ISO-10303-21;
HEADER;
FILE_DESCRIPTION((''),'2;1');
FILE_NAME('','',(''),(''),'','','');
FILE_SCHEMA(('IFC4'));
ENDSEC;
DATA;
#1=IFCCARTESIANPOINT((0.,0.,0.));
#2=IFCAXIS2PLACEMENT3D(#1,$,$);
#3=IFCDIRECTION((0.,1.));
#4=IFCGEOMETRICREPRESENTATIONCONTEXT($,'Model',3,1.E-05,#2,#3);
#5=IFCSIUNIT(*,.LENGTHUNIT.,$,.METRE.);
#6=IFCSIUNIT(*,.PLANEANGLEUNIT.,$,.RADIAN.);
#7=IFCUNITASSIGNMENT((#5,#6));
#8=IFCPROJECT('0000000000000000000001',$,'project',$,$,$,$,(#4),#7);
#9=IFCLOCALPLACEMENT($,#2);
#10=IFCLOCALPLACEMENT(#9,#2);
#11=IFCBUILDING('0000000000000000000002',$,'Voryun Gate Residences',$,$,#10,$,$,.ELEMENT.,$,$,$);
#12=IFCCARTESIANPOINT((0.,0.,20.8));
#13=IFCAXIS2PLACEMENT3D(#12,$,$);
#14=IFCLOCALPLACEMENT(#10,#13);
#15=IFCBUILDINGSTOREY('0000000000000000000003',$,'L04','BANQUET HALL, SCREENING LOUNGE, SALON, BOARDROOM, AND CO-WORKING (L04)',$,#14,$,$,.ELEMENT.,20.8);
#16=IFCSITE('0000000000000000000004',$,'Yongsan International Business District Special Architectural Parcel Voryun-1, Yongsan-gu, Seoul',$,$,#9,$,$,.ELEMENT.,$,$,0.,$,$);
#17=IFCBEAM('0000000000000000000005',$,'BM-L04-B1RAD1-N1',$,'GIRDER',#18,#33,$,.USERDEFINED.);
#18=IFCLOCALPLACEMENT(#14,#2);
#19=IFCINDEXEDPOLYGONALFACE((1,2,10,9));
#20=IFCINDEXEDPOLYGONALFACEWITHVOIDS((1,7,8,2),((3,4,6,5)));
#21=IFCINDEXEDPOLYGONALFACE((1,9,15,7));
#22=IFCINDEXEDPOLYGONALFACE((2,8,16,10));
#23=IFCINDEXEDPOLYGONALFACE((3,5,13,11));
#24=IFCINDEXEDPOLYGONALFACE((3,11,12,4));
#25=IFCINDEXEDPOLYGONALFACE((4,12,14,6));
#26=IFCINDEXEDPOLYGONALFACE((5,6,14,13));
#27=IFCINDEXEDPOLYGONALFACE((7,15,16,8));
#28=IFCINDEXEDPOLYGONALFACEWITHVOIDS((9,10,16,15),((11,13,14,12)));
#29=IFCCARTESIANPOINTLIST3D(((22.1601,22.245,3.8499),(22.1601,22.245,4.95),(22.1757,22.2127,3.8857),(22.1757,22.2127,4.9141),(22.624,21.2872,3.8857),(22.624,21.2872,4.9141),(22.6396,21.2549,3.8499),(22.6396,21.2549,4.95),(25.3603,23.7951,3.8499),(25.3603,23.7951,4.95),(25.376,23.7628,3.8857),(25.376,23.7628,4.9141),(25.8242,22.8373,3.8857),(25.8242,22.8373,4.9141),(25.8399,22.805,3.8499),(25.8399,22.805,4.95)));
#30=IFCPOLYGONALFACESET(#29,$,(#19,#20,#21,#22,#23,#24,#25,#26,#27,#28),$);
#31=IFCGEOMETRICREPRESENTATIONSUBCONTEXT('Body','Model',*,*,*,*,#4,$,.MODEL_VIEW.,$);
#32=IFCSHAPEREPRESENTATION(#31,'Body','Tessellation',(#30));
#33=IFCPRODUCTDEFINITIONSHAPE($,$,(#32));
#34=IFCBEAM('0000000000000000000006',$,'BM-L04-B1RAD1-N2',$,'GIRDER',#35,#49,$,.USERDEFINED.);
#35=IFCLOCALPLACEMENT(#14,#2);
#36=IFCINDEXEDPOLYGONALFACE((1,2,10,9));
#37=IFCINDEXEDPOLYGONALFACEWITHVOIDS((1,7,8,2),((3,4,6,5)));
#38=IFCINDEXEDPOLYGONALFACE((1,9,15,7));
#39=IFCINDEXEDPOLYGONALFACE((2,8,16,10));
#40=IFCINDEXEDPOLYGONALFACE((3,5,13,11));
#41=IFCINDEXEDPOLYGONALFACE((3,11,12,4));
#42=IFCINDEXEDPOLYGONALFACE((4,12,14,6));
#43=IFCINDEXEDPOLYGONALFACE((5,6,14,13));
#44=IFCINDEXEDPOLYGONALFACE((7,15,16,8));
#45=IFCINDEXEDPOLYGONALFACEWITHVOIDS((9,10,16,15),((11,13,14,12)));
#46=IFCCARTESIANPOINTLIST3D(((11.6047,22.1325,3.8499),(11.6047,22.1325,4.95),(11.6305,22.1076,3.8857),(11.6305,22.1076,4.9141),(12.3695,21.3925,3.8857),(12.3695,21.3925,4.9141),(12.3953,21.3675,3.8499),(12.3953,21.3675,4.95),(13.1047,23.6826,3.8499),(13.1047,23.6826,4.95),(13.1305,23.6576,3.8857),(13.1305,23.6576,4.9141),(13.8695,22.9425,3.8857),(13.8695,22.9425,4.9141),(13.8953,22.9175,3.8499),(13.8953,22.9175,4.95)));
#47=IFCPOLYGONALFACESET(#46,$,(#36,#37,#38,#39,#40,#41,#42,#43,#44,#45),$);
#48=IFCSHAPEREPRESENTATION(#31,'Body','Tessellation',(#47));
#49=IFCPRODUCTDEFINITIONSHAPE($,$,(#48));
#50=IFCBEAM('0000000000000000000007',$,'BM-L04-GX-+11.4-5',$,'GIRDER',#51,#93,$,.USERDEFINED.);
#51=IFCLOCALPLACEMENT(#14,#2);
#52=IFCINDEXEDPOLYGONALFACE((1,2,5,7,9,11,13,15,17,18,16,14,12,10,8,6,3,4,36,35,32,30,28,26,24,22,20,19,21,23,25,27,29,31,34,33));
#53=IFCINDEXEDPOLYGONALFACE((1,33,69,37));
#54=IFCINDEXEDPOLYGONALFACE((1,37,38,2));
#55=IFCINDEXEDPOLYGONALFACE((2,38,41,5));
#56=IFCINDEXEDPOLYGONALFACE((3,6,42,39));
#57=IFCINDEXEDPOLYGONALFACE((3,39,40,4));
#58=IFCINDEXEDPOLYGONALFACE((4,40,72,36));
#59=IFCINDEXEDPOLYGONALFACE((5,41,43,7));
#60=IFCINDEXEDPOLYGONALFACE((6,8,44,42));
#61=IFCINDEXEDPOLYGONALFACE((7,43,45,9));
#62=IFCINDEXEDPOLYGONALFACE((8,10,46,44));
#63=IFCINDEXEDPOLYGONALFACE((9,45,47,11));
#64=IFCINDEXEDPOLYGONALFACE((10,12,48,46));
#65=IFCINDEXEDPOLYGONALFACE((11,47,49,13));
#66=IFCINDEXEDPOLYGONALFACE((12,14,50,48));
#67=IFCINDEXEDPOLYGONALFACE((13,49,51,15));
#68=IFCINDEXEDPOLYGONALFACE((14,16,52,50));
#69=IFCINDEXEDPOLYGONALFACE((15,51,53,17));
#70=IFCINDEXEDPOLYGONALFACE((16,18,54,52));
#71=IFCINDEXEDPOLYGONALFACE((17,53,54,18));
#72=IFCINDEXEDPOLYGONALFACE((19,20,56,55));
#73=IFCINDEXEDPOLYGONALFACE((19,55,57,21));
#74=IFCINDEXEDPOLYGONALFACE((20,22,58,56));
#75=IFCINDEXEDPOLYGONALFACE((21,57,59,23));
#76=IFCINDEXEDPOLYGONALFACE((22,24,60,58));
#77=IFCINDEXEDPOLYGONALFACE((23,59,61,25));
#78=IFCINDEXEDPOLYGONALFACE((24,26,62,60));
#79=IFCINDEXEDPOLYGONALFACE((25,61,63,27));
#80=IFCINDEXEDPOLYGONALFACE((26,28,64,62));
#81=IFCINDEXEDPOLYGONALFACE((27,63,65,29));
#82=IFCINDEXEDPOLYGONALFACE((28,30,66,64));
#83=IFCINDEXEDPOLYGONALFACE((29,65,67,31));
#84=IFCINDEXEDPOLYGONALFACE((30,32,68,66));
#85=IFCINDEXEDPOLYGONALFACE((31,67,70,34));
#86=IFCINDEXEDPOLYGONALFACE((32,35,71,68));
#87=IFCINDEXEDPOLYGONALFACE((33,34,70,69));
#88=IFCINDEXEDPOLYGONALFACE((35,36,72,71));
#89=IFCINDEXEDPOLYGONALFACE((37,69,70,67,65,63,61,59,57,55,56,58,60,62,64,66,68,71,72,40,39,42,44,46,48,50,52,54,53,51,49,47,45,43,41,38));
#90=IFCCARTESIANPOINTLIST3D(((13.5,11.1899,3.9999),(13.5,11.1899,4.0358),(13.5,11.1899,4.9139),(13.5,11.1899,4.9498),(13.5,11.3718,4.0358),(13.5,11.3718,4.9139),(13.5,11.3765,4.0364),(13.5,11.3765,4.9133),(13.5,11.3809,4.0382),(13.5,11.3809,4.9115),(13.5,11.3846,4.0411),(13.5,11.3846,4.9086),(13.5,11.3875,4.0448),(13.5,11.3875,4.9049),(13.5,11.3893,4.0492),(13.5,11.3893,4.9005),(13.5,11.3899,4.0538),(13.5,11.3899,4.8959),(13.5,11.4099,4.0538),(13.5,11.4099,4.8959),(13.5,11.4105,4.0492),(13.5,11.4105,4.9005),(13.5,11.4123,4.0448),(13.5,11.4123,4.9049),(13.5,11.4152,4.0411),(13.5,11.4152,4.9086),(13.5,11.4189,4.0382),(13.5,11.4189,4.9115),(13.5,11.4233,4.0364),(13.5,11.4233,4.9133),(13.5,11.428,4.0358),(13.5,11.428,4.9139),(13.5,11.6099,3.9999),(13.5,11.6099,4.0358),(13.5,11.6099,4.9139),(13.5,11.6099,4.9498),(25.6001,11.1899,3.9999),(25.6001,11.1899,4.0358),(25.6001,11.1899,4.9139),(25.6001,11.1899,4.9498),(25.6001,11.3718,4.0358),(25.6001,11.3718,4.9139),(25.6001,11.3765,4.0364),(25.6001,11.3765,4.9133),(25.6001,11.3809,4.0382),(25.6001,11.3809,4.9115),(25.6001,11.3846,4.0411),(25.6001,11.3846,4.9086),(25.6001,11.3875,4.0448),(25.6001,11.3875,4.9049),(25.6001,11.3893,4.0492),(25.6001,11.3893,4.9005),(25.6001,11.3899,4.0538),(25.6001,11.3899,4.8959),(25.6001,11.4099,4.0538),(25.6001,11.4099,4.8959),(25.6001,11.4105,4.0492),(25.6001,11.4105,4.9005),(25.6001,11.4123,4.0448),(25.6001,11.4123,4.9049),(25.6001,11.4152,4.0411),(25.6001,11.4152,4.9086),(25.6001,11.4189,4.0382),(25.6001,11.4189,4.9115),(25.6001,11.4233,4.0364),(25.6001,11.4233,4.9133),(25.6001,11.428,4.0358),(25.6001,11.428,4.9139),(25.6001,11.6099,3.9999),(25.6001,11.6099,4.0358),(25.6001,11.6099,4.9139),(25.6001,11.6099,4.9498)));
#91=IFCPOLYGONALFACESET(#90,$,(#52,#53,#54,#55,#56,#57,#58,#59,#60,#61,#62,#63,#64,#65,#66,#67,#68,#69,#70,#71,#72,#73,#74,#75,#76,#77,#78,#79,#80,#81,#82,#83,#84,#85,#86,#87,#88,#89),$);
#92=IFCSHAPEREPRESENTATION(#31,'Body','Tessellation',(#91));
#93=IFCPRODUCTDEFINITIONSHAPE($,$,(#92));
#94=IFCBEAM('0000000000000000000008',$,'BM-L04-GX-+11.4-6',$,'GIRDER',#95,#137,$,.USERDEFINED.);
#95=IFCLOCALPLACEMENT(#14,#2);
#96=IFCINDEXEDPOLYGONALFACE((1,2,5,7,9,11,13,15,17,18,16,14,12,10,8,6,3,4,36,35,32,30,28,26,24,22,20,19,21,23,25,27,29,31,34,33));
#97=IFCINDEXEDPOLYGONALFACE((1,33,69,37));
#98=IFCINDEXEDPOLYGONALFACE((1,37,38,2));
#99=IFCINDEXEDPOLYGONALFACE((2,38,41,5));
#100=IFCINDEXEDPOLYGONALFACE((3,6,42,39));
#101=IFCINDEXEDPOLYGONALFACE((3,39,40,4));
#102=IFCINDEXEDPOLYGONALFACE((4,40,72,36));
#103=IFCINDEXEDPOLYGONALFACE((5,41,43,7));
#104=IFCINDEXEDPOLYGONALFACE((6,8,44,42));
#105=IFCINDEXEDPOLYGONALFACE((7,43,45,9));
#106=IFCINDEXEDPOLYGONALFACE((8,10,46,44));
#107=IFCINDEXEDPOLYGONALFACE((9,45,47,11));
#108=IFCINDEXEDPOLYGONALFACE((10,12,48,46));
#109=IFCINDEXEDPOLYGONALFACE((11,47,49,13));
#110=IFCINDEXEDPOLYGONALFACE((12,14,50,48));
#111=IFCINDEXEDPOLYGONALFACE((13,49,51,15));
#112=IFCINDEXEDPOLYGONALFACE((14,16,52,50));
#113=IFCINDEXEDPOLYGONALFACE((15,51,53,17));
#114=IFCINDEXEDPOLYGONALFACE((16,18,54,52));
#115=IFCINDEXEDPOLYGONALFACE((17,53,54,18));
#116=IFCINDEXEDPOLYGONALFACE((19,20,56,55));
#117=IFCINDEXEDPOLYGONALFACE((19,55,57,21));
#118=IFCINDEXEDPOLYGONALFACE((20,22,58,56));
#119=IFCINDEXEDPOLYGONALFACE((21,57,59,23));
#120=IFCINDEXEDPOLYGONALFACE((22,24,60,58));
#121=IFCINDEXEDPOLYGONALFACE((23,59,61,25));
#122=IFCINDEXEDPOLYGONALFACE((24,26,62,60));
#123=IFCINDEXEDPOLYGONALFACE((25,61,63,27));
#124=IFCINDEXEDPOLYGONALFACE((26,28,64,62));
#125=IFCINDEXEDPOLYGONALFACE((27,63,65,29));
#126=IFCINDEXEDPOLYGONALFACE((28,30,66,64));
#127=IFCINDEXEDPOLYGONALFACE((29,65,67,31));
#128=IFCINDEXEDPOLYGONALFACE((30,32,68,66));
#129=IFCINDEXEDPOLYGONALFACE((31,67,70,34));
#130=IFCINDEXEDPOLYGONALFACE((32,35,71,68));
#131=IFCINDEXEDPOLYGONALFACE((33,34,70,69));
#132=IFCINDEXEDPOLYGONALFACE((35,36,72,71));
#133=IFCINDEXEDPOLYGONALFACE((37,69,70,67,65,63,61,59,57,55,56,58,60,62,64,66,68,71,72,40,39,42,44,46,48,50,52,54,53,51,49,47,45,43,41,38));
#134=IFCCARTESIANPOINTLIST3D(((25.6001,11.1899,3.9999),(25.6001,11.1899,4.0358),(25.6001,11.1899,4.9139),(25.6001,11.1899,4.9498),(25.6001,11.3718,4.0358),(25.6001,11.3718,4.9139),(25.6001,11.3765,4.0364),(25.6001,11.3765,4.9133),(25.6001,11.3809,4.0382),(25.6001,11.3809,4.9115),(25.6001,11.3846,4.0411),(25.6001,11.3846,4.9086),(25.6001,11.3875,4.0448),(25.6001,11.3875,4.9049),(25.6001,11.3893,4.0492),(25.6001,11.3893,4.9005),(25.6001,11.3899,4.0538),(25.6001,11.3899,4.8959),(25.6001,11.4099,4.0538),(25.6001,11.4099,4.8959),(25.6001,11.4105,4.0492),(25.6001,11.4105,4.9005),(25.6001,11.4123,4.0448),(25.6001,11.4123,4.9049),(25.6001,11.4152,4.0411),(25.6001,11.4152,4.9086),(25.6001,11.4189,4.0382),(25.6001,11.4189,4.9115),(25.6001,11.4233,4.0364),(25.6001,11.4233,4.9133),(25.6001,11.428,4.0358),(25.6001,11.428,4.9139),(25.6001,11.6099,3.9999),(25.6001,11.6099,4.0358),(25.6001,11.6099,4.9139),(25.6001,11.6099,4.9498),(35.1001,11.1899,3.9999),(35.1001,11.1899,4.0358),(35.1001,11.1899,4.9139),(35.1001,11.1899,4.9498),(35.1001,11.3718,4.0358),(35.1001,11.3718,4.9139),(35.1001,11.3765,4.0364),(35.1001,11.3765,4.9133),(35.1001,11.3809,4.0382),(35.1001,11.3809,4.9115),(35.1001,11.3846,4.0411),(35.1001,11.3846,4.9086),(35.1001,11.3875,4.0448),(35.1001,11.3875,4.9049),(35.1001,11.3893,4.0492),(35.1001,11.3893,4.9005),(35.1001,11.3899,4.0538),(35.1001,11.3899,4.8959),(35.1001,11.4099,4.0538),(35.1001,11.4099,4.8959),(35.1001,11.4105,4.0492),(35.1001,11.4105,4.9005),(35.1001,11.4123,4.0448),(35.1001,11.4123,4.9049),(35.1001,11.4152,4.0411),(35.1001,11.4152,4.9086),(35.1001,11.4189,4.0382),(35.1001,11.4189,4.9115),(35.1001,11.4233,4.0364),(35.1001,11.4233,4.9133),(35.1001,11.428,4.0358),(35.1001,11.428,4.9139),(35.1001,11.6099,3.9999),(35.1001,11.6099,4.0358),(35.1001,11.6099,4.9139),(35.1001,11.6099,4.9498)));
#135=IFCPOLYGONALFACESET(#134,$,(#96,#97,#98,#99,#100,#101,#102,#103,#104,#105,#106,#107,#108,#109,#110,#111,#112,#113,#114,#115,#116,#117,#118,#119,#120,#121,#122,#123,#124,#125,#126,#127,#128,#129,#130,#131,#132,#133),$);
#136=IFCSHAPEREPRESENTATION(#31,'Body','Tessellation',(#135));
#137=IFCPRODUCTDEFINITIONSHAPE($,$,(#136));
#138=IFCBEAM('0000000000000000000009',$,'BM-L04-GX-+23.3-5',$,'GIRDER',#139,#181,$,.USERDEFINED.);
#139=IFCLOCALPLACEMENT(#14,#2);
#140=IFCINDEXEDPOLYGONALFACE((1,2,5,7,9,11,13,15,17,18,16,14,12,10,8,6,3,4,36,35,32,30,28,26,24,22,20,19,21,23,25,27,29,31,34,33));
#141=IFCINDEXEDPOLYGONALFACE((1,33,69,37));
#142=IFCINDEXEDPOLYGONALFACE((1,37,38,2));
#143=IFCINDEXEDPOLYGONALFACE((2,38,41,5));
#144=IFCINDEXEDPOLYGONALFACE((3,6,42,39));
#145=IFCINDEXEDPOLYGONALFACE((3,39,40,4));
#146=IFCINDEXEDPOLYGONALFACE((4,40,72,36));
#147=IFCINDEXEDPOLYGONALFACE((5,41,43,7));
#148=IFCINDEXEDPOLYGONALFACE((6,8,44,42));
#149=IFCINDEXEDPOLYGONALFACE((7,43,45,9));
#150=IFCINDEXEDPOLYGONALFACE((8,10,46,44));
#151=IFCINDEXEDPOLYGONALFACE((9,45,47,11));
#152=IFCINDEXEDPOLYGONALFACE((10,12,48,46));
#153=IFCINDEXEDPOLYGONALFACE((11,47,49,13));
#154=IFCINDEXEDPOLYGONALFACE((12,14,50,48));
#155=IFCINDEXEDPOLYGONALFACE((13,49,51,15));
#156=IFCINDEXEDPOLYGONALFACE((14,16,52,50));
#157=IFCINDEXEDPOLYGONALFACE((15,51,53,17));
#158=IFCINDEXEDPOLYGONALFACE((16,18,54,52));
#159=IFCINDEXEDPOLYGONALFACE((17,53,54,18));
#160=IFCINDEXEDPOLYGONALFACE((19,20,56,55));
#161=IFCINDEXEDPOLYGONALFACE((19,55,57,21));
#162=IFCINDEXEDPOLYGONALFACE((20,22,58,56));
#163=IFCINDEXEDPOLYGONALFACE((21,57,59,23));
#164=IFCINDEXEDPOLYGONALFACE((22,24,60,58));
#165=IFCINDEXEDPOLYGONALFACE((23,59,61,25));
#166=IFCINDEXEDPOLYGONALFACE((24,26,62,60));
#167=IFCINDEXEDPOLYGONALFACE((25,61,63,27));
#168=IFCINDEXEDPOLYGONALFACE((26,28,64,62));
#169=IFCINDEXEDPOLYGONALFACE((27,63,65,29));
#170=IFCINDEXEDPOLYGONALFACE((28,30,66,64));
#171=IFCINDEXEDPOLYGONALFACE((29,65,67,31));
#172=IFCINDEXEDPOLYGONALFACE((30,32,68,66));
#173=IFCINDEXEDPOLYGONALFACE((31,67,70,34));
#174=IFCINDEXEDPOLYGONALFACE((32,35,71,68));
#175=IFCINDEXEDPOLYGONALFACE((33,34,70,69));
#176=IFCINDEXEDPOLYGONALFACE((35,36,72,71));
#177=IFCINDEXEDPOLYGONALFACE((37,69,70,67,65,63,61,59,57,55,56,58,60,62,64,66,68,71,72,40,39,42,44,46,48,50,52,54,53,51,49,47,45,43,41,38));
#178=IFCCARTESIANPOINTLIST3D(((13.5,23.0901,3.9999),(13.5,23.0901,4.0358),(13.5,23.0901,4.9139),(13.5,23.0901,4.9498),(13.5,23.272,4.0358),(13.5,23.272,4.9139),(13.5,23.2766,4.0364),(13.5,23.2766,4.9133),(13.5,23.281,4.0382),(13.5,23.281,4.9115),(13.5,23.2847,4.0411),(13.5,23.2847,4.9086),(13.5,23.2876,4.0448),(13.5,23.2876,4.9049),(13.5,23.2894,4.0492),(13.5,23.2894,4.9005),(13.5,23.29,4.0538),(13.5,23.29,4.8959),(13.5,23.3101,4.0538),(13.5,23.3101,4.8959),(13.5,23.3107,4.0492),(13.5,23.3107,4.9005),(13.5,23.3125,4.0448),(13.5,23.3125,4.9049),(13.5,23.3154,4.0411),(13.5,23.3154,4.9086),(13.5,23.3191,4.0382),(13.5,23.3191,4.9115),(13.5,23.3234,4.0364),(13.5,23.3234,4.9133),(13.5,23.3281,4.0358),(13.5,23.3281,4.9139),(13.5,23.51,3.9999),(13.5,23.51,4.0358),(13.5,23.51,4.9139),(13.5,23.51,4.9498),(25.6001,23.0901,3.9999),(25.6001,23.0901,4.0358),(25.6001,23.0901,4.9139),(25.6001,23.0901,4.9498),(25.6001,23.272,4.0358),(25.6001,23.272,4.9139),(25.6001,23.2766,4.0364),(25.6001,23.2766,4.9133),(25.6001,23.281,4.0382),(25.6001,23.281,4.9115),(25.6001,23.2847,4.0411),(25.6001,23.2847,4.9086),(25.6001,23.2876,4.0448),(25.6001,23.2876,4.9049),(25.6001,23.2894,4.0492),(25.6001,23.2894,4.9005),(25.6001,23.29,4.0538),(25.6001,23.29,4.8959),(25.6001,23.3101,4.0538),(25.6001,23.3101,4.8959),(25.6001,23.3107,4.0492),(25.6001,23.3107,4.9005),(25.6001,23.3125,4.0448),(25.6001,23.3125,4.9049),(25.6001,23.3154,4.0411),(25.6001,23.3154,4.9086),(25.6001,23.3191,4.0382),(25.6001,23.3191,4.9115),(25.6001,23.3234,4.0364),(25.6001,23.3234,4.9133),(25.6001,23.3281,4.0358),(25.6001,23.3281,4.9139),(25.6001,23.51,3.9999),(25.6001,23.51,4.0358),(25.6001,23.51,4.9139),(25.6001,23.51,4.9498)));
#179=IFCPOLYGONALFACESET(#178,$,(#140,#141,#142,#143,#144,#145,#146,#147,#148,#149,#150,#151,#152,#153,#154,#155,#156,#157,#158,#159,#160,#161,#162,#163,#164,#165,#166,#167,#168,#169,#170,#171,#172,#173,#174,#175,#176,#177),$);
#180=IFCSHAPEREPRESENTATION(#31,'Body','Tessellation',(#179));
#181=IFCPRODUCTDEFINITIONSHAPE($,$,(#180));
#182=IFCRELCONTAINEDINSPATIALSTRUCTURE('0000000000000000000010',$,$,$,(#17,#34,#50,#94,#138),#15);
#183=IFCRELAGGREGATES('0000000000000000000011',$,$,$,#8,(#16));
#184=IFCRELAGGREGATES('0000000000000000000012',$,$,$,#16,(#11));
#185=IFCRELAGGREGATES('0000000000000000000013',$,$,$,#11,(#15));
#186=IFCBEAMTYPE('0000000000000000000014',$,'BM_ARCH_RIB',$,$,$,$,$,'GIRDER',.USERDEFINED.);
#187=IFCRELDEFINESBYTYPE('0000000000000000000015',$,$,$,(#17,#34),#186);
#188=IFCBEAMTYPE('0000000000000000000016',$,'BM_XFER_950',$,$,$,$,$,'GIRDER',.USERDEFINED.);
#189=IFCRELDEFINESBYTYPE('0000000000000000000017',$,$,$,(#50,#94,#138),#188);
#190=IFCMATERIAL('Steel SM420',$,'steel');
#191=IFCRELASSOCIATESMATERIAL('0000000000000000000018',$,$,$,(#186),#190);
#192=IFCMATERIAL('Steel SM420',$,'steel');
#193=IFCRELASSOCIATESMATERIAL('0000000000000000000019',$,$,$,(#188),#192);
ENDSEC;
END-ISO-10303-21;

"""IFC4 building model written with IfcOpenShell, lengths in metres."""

from ifc_helpers import new_model, si_unit, direction, frame, origin, origin_2d, place, context, subcontext, project, spatial, hollow_rectangle, i_section, extrude, material, material_profile, profile_set, type_object, element, save


model = new_model("IFC4")

# Units and contexts
model_context = context("Model", 3, precision=1e-05, world=origin(), true_north=direction((0.0, 1.0)))
body_context = subcontext(model_context, "Body", "Model", "MODEL_VIEW")
ifc_project = project(units=[si_unit("LENGTHUNIT", "METRE"), si_unit("PLANEANGLEUNIT", "RADIAN")], contexts=[model_context])

# Site, building, storey
site_placement = place(None, origin())
site = spatial("IfcSite", under=ifc_project, at=site_placement, Name="Yongsan International Business District Special Architectural Parcel Voryun-1, Yongsan-gu, Seoul", CompositionType="ELEMENT", RefElevation=0.0)
building_placement = place(site_placement, origin())
building = spatial("IfcBuilding", under=site, at=building_placement, Name="Voryun Gate Residences", CompositionType="ELEMENT")
storey_placement = place(building_placement, frame((0.0, 0.0, 20.8)))
storey = spatial("IfcBuildingStorey", under=building, at=storey_placement, Name="L04", Description="BANQUET HALL, SCREENING LOUNGE, SALON, BOARDROOM, AND CO-WORKING (L04)", CompositionType="ELEMENT", Elevation=20.8)

# Beams
ifc_material_1 = material(Name="Steel SM420", Category="steel")
ifc_material_profile_1 = material_profile(ifc_material_1, hollow_rectangle(XDim=1.1001, YDim=1.1001, WallThickness=0.0359, at=origin_2d()), Name="BOX-1100x1100x36")
ifc_profile_set_1 = profile_set([ifc_material_profile_1], Name="Steel SM420")
beam_type_1 = type_object("IfcBeamType", Name="BM_ARCH_RIB", ElementType="GIRDER", PredefinedType="USERDEFINED", material=ifc_profile_set_1)
beam_1_placement = place(storey_placement, frame((25.6001, 23.3, 4.3999), z_axis=(-0.899986, -0.435918, 0.0), x_axis=(0.435918, -0.899986, 0.0)))
element("IfcBeam", 1, at=beam_1_placement, inside=storey, type_object=beam_type_1, Name="BM-L04-B1RAD1-N1", ObjectType="GIRDER", PredefinedType="USERDEFINED", context=body_context, shape_type="SweptSolid", body=[
    extrude(hollow_rectangle(XDim=1.1001, YDim=1.1001, WallThickness=0.0359, at=origin_2d()), origin(), (0.0, 0.0, 1.0), 3.5559),
])
beam_2_placement = place(storey_placement, frame((13.5, 23.3, 4.3999), z_axis=(-0.69541, -0.718613, 0.0), x_axis=(0.718613, -0.69541, 0.0)))
element("IfcBeam", 2, at=beam_2_placement, inside=storey, type_object=beam_type_1, Name="BM-L04-B1RAD1-N2", ObjectType="GIRDER", PredefinedType="USERDEFINED", context=body_context, shape_type="SweptSolid", body=[
    extrude(hollow_rectangle(XDim=1.1001, YDim=1.1001, WallThickness=0.0359, at=origin_2d()), origin(), (0.0, 0.0, 1.0), 2.157),
])
ifc_material_2 = material(Name="Steel SM420", Category="steel")
ifc_material_profile_2 = material_profile(ifc_material_2, i_section(OverallWidth=0.4199, OverallDepth=0.95, WebThickness=0.02, FlangeThickness=0.0359, FilletRadius=0.0181, at=origin_2d()), Name="H-950x420x20x36")
ifc_profile_set_2 = profile_set([ifc_material_profile_2], Name="Steel SM420")
beam_type_2 = type_object("IfcBeamType", Name="BM_XFER_950", ElementType="GIRDER", PredefinedType="USERDEFINED", material=ifc_profile_set_2)
beam_3_placement = place(storey_placement, frame((13.5, 11.3999, 4.4749), z_axis=(1.0, 0.0, 0.0), x_axis=(0.0, 1.0, 0.0)))
element("IfcBeam", 3, at=beam_3_placement, inside=storey, type_object=beam_type_2, Name="BM-L04-GX-+11.4-5", ObjectType="GIRDER", PredefinedType="USERDEFINED", context=body_context, shape_type="SweptSolid", body=[
    extrude(i_section(OverallWidth=0.4199, OverallDepth=0.95, WebThickness=0.02, FlangeThickness=0.0359, FilletRadius=0.0181, at=origin_2d()), origin(), (0.0, 0.0, 1.0), 12.1001),
])
beam_4_placement = place(storey_placement, frame((25.6001, 11.3999, 4.4749), z_axis=(1.0, 0.0, 0.0), x_axis=(0.0, 1.0, 0.0)))
element("IfcBeam", 4, at=beam_4_placement, inside=storey, type_object=beam_type_2, Name="BM-L04-GX-+11.4-6", ObjectType="GIRDER", PredefinedType="USERDEFINED", context=body_context, shape_type="SweptSolid", body=[
    extrude(i_section(OverallWidth=0.4199, OverallDepth=0.95, WebThickness=0.02, FlangeThickness=0.0359, FilletRadius=0.0181, at=origin_2d()), origin(), (0.0, 0.0, 1.0), 9.5),
])
beam_5_placement = place(storey_placement, frame((13.5, 23.3, 4.4749), z_axis=(1.0, 0.0, 0.0), x_axis=(0.0, 1.0, 0.0)))
element("IfcBeam", 5, at=beam_5_placement, inside=storey, type_object=beam_type_2, Name="BM-L04-GX-+23.3-5", ObjectType="GIRDER", PredefinedType="USERDEFINED", context=body_context, shape_type="SweptSolid", body=[
    extrude(i_section(OverallWidth=0.4199, OverallDepth=0.95, WebThickness=0.02, FlangeThickness=0.0359, FilletRadius=0.0181, at=origin_2d()), origin(), (0.0, 0.0, 1.0), 12.1001),
])

save(model, "model.ifc")
